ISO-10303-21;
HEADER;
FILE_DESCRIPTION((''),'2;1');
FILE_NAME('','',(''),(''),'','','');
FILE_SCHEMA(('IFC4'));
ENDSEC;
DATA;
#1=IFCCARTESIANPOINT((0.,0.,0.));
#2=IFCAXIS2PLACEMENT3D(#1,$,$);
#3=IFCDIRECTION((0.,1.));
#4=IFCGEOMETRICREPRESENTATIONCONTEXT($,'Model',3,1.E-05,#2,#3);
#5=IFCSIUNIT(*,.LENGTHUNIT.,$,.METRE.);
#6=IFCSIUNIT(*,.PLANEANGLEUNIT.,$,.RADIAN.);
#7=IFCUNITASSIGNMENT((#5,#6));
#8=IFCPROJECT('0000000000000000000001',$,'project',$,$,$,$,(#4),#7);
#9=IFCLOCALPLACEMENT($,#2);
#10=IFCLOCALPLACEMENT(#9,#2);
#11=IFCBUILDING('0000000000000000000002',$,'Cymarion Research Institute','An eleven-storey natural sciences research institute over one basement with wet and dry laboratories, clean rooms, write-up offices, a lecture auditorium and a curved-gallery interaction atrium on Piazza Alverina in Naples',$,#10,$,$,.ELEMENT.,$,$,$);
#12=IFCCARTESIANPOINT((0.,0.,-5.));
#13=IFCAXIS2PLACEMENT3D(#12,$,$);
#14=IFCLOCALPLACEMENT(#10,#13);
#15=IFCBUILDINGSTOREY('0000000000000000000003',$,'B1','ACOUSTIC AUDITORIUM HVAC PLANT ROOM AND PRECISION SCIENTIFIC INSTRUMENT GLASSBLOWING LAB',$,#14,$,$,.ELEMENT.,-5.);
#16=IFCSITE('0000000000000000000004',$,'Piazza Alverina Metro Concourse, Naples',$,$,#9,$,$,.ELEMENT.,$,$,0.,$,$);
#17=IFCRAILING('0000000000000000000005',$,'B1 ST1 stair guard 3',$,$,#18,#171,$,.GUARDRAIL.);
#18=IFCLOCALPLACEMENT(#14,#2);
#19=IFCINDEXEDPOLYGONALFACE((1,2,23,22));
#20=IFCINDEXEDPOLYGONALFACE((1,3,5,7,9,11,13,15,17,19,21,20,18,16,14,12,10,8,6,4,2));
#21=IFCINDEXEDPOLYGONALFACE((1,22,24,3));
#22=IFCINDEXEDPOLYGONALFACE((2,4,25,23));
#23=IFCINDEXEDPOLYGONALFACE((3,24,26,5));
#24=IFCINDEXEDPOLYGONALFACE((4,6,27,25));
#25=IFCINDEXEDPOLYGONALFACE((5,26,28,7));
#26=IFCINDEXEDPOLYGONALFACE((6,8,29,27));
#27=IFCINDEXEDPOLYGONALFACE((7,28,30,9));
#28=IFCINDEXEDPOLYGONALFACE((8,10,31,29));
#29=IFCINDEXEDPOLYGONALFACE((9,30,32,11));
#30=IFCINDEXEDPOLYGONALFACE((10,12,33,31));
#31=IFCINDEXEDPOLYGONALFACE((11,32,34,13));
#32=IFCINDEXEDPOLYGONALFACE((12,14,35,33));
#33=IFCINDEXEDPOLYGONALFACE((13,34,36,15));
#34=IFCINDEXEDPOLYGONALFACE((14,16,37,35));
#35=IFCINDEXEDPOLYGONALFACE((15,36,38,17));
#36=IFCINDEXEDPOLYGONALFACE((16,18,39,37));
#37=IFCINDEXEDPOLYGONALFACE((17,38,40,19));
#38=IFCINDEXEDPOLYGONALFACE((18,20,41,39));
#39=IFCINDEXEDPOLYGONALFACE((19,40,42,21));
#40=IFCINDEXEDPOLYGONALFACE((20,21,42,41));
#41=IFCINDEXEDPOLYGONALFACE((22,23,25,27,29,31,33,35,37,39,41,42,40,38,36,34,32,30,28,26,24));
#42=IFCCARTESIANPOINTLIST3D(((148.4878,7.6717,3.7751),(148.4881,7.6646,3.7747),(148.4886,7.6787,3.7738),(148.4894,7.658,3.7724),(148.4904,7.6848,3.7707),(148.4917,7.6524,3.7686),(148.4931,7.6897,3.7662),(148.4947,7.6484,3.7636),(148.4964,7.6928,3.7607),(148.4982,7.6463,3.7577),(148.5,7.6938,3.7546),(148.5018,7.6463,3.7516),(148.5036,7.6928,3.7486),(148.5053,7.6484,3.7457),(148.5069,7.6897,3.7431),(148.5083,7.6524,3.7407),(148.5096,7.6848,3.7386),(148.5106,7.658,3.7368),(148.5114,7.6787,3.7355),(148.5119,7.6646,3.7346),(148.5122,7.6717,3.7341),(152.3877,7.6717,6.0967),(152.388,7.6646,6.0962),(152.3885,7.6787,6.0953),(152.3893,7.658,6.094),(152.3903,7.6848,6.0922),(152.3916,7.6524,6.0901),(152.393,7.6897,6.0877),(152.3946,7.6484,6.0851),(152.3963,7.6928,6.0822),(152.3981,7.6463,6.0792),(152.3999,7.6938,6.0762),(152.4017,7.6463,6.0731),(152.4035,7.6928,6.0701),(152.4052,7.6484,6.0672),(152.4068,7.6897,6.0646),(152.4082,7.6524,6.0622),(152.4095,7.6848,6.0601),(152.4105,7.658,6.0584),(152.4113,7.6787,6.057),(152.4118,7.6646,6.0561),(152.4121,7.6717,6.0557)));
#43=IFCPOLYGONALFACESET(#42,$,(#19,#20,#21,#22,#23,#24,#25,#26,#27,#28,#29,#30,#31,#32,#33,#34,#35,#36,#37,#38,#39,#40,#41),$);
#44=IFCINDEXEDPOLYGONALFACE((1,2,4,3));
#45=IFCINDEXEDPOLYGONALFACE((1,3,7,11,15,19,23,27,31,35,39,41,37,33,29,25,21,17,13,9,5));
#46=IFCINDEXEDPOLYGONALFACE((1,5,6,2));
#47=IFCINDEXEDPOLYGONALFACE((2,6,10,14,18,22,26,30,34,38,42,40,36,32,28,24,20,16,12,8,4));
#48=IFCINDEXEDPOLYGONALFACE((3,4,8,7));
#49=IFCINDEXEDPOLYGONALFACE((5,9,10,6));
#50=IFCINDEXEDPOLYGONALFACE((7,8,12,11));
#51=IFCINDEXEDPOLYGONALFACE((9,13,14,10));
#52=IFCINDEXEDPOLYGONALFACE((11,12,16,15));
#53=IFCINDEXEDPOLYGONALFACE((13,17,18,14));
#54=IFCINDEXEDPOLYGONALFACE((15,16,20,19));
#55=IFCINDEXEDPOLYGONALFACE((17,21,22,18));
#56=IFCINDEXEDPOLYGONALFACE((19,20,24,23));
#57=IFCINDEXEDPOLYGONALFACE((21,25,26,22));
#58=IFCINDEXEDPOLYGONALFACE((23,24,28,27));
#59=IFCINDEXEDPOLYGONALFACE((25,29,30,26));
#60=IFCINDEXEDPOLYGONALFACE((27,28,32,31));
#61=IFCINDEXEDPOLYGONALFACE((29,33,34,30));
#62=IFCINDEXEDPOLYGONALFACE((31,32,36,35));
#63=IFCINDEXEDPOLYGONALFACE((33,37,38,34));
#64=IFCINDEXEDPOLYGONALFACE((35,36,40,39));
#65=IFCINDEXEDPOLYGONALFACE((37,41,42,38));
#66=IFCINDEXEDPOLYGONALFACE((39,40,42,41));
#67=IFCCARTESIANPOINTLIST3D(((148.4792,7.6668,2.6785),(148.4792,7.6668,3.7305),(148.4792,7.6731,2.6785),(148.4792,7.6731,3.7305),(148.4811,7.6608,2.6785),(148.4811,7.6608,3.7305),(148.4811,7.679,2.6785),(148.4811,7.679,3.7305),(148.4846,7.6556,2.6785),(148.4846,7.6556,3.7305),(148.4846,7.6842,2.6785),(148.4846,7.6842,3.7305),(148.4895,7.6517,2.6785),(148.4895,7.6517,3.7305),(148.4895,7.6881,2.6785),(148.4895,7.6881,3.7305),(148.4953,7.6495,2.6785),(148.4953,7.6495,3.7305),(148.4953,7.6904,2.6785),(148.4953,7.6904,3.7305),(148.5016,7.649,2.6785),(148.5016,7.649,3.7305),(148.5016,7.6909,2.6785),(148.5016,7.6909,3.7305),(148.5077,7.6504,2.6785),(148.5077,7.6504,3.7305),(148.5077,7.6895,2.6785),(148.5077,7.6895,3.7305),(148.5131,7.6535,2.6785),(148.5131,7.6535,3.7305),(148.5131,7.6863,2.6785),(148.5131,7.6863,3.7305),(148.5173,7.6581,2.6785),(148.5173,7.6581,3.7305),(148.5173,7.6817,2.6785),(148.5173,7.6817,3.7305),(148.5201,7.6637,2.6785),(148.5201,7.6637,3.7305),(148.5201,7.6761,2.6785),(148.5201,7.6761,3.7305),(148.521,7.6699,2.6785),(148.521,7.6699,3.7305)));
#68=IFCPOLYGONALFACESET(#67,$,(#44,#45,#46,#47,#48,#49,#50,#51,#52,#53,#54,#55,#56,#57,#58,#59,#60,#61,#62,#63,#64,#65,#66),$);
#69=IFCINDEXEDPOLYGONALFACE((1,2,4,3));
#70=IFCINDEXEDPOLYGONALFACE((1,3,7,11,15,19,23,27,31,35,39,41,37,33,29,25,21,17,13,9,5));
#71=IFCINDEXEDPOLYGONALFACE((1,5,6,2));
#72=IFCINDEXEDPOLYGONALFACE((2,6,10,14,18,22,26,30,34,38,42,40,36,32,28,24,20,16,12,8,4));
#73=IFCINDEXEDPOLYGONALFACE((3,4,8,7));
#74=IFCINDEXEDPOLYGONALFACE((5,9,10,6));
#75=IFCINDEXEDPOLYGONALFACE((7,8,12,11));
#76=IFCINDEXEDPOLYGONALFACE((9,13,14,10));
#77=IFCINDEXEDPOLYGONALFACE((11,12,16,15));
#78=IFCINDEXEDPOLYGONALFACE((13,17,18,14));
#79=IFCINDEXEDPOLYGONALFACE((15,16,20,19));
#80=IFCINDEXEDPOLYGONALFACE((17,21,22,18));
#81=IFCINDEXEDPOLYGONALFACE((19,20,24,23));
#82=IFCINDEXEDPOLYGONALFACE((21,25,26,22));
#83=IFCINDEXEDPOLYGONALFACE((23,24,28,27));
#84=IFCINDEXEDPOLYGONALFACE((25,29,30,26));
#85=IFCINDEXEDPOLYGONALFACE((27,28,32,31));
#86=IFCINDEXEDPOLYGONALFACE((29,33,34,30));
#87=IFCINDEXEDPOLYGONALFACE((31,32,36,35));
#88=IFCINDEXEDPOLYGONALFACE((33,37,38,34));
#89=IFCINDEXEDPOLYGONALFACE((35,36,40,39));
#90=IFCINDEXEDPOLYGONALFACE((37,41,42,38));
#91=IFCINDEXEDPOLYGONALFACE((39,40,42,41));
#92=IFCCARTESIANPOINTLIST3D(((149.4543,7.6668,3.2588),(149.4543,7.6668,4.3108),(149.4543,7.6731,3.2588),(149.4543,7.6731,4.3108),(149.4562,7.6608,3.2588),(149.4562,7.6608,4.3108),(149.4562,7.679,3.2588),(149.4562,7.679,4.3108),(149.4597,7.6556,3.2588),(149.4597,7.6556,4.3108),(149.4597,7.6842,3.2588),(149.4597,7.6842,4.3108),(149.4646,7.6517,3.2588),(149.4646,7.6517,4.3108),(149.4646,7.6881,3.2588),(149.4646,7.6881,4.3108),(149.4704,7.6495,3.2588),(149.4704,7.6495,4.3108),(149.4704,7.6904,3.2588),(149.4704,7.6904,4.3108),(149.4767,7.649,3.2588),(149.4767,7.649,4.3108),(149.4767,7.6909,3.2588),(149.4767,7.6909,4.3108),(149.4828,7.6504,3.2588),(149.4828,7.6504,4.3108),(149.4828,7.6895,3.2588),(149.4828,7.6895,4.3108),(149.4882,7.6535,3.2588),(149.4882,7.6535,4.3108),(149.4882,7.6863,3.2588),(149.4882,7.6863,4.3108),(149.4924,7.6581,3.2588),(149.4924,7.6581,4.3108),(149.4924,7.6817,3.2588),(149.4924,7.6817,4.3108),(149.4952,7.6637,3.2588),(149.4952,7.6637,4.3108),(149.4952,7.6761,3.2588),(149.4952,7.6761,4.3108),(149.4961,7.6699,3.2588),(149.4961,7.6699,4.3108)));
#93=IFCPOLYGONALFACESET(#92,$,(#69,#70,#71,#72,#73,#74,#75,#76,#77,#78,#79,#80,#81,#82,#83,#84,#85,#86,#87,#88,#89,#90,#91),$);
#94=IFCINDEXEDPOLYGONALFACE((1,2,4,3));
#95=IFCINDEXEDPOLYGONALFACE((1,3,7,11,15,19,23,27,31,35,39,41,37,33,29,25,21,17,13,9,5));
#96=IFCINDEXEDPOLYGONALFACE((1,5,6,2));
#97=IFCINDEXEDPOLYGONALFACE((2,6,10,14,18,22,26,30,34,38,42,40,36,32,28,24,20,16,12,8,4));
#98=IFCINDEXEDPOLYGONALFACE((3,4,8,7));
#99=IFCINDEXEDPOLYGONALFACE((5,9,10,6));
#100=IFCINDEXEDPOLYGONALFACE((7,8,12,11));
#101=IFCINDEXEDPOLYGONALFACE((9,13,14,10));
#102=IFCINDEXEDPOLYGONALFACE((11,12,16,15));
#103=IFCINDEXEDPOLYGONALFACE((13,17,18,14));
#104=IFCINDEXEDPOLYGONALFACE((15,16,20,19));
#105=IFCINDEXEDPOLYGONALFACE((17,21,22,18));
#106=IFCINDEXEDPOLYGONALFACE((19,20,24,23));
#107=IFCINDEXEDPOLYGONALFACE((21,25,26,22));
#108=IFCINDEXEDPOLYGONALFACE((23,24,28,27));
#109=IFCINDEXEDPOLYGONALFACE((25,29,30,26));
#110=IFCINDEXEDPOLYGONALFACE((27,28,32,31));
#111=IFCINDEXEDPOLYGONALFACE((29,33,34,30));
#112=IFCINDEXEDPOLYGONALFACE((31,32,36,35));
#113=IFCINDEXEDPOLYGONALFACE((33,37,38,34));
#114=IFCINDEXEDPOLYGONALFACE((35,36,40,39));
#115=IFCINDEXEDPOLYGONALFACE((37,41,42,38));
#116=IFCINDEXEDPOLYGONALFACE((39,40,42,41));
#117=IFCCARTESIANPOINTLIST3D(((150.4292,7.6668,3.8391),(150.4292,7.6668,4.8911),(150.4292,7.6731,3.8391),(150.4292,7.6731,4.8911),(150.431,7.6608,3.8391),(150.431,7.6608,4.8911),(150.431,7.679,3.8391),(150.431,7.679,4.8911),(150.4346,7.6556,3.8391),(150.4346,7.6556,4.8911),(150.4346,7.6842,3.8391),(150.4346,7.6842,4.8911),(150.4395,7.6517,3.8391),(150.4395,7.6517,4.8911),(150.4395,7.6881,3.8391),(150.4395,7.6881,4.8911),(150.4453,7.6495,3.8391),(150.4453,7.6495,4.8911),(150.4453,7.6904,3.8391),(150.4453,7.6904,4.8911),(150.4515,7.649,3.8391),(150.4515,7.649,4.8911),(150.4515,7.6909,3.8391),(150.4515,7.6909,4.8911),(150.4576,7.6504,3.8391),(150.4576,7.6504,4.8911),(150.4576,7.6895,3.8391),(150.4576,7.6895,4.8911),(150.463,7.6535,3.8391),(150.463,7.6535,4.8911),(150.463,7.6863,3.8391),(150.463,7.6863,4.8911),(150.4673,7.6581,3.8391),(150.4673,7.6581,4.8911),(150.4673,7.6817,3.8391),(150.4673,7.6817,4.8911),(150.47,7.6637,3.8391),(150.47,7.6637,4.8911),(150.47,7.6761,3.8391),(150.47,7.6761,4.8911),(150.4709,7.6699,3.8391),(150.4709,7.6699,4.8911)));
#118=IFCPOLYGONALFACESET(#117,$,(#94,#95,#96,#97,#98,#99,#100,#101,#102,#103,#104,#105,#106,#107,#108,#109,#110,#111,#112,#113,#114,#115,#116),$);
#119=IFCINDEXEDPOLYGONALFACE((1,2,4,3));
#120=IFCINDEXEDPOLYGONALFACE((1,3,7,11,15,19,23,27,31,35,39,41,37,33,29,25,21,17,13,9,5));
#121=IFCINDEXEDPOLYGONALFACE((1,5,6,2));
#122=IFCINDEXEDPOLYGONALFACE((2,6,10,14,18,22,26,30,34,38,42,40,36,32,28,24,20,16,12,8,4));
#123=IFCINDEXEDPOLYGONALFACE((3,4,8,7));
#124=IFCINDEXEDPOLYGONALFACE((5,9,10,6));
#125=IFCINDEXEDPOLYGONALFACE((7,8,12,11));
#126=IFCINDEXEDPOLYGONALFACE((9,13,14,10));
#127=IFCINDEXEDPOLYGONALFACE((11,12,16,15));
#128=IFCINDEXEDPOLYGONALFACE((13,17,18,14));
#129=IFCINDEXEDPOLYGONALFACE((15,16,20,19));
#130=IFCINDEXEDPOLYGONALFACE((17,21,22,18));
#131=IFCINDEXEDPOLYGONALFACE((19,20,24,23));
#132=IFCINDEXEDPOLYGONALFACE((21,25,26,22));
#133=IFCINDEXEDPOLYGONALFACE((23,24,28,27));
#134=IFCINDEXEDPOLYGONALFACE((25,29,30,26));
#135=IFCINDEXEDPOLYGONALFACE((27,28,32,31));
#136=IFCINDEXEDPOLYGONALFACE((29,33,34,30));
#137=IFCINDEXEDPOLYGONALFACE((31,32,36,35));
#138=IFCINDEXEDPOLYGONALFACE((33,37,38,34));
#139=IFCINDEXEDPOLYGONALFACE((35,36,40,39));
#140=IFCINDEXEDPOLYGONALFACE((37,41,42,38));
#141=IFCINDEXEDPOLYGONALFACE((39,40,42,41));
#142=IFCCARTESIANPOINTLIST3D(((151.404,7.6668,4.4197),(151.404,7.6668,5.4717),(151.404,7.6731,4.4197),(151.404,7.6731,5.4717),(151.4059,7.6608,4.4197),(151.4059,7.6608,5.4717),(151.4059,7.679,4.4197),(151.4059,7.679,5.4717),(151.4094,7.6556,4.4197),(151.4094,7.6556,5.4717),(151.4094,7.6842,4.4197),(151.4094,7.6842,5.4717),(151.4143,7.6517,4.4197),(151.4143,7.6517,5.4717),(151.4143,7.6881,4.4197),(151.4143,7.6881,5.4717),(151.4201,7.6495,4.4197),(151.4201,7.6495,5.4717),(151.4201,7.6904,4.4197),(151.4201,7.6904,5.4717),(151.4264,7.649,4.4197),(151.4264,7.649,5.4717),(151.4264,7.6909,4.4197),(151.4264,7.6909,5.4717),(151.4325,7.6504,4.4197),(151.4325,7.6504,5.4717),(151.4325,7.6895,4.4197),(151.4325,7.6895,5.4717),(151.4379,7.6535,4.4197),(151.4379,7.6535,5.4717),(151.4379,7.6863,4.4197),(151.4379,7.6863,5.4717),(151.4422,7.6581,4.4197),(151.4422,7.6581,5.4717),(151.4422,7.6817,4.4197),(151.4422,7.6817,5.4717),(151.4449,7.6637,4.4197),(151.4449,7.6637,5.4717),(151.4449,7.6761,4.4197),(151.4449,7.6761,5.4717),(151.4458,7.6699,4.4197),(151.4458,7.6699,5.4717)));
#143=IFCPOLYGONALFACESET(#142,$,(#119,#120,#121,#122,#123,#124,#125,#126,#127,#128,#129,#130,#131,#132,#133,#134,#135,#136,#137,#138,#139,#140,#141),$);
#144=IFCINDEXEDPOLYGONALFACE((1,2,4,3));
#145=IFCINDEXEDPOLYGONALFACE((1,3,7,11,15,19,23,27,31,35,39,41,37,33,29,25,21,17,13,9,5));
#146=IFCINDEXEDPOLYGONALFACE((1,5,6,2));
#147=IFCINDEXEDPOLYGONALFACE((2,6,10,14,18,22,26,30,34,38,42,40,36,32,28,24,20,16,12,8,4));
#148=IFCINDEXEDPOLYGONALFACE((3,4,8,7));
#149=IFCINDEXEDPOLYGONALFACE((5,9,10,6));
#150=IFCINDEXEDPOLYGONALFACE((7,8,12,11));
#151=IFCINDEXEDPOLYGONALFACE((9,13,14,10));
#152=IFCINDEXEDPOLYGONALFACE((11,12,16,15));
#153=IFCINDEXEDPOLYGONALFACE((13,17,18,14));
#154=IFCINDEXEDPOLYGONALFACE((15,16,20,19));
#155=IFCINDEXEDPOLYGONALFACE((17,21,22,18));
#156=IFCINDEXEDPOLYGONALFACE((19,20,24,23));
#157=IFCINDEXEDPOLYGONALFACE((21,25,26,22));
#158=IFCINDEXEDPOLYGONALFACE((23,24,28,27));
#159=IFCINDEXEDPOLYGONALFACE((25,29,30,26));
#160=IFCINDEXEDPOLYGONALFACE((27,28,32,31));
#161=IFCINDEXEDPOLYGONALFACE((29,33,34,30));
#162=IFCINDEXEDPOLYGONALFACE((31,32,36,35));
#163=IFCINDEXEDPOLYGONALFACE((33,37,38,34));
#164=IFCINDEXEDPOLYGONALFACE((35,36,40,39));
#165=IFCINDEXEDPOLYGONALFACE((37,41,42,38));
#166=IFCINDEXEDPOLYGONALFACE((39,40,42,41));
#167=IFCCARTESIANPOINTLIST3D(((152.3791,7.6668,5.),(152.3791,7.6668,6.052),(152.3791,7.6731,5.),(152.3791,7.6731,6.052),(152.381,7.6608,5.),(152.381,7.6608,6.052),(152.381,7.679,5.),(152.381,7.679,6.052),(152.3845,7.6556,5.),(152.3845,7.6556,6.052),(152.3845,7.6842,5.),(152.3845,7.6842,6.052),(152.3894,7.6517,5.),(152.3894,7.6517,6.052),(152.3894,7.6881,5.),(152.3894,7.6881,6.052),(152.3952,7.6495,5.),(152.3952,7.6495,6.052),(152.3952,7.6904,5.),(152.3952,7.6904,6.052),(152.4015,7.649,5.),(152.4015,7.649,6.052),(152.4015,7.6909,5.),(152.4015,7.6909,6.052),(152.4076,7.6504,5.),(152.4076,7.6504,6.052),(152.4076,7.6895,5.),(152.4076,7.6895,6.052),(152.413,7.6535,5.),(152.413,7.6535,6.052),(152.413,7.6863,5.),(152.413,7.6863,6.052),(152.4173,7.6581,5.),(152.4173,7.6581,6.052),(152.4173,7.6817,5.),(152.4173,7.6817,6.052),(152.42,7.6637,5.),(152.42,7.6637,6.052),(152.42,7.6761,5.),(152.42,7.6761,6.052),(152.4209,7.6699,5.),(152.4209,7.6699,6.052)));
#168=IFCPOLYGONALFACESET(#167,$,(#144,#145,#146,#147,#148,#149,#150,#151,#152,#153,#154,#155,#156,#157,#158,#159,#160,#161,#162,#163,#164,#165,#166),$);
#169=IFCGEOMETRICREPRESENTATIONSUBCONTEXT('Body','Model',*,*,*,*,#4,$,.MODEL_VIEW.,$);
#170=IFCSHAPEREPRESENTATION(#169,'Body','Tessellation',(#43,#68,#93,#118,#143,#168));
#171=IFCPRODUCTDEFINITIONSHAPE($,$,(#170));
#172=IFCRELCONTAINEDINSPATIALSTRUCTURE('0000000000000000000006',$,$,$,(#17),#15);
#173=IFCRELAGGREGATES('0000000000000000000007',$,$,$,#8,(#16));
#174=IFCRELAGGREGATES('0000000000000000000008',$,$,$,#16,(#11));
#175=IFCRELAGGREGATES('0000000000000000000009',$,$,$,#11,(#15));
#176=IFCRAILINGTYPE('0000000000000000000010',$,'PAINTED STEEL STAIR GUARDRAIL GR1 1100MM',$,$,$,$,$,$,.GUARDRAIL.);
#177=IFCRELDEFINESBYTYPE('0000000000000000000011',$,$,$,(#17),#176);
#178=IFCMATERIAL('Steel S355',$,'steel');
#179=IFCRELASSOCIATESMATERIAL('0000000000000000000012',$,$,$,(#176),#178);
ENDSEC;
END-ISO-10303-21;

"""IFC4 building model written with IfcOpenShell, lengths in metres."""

from ifc_helpers import new_model, si_unit, direction, frame, origin, origin_2d, place, context, subcontext, project, spatial, circle, extrude, material, type_object, element, save


model = new_model("IFC4")

# Units and contexts
model_context = context("Model", 3, precision=1e-05, world=origin(), true_north=direction((0.0, 1.0)))
body_context = subcontext(model_context, "Body", "Model", "MODEL_VIEW")
ifc_project = project(units=[si_unit("LENGTHUNIT", "METRE"), si_unit("PLANEANGLEUNIT", "RADIAN")], contexts=[model_context])

# Site, building, storey
site_placement = place(None, origin())
site = spatial("IfcSite", under=ifc_project, at=site_placement, Name="Piazza Alverina Metro Concourse, Naples", CompositionType="ELEMENT", RefElevation=0.0)
building_placement = place(site_placement, origin())
building = spatial("IfcBuilding", under=site, at=building_placement, Name="Cymarion Research Institute", Description="An eleven-storey natural sciences research institute over one basement with wet and dry laboratories, clean rooms, write-up offices, a lecture auditorium and a curved-gallery interaction atrium on Piazza Alverina in Naples", CompositionType="ELEMENT")
storey_placement = place(building_placement, frame((0.0, 0.0, -5.0)))
storey = spatial("IfcBuildingStorey", under=building, at=storey_placement, Name="B1", Description="ACOUSTIC AUDITORIUM HVAC PLANT ROOM AND PRECISION SCIENTIFIC INSTRUMENT GLASSBLOWING LAB", CompositionType="ELEMENT", Elevation=-5.0)

# Shared definitions
ifc_material_1 = material(Name="Steel S355", Category="steel")

# Railing
railing_type_1 = type_object("IfcRailingType", Name="PAINTED STEEL STAIR GUARDRAIL GR1 1100MM", PredefinedType="GUARDRAIL", material=ifc_material_1)
railing_1_placement = place(storey_placement, frame((148.5, 7.6699, 2.6785)))
element("IfcRailing", 1, at=railing_1_placement, inside=storey, type_object=railing_type_1, Name="B1 ST1 stair guard 3", PredefinedType="GUARDRAIL", context=body_context, shape_type="SweptSolid", body=[
    extrude(circle(Radius=0.0239, at=origin_2d()), frame((0.0, 0.0, 1.0762), z_axis=(0.859277, 0.0, 0.51151), x_axis=(0.0, 1.0, 0.0)), (0.0, 0.0, 1.0), 4.5386),
    extrude(circle(Radius=0.021, at=origin_2d()), origin(), (0.0, 0.0, 1.0), 1.052),
    extrude(circle(Radius=0.021, at=origin_2d()), frame((0.9751, 0.0, 0.5803)), (0.0, 0.0, 1.0), 1.052),
    extrude(circle(Radius=0.021, at=origin_2d()), frame((1.95, 0.0, 1.1606)), (0.0, 0.0, 1.0), 1.052),
    extrude(circle(Radius=0.021, at=origin_2d()), frame((2.9248, 0.0, 1.7412)), (0.0, 0.0, 1.0), 1.052),
    extrude(circle(Radius=0.021, at=origin_2d()), frame((3.8999, 0.0, 2.3215)), (0.0, 0.0, 1.0), 1.052),
])

save(model, "model.ifc")
